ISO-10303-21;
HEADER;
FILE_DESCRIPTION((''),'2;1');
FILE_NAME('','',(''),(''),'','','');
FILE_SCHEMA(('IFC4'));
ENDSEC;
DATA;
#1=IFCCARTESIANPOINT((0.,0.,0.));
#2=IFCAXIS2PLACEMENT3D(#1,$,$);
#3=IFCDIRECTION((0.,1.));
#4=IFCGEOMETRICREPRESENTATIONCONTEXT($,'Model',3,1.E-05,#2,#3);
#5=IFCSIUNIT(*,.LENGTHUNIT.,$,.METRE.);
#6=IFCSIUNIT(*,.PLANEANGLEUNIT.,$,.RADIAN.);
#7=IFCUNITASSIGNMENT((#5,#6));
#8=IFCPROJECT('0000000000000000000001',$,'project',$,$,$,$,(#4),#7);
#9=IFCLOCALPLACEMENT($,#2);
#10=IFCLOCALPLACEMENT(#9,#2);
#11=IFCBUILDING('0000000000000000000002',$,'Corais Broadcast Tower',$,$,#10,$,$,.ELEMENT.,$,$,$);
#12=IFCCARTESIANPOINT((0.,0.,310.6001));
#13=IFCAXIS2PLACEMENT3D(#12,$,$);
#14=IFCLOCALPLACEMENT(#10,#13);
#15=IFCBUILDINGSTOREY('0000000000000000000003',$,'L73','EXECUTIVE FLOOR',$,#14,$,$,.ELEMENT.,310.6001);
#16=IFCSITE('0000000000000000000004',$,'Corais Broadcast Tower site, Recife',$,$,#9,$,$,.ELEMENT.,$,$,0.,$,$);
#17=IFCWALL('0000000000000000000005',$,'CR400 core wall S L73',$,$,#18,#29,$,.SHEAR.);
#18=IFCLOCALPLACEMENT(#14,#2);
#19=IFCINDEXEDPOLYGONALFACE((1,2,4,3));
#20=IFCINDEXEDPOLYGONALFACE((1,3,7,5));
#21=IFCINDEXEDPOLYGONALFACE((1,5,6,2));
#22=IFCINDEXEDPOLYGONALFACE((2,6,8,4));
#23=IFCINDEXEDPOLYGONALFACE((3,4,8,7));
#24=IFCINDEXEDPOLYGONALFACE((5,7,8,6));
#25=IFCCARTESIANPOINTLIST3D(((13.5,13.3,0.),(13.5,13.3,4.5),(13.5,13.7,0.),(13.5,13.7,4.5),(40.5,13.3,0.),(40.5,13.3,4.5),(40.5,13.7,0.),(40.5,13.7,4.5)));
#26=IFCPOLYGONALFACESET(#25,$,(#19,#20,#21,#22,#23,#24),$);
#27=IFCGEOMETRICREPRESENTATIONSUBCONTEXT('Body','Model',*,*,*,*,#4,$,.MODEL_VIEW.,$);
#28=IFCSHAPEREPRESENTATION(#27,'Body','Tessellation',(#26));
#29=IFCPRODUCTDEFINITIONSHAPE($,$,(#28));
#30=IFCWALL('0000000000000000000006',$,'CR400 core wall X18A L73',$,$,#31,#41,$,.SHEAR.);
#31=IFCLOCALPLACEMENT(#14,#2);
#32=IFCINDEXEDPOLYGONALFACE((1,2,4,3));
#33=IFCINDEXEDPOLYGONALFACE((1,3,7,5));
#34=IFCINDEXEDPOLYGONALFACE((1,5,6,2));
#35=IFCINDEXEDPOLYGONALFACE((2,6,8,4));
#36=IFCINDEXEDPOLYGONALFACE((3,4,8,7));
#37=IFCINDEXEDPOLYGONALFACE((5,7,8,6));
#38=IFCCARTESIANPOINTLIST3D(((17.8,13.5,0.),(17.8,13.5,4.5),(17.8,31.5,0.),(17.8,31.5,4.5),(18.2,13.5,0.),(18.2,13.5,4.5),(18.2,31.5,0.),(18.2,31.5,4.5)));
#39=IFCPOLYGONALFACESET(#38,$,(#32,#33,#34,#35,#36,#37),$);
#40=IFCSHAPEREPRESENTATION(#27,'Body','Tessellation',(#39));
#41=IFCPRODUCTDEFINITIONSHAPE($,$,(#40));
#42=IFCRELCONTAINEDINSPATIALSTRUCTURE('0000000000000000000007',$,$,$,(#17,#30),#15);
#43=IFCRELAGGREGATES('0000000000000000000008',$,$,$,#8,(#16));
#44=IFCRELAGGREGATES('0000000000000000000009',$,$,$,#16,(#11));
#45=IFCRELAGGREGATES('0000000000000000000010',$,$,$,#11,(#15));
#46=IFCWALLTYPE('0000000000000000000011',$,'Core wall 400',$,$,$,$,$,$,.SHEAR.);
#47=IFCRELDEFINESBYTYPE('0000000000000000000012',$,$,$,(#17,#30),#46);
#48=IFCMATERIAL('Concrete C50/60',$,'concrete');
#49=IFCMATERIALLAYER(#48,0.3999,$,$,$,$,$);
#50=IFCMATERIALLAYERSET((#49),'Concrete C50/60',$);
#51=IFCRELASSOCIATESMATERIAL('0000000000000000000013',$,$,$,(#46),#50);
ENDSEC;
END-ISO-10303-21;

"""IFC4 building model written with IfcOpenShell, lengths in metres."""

from ifc_helpers import new_model, si_unit, direction, frame, frame_2d, origin, place, context, subcontext, project, spatial, rectangle, extrude, material, layer, layer_set, type_object, element, save


model = new_model("IFC4")

# Units and contexts
model_context = context("Model", 3, precision=1e-05, world=origin(), true_north=direction((0.0, 1.0)))
body_context = subcontext(model_context, "Body", "Model", "MODEL_VIEW")
ifc_project = project(units=[si_unit("LENGTHUNIT", "METRE"), si_unit("PLANEANGLEUNIT", "RADIAN")], contexts=[model_context])

# Site, building, storey
site_placement = place(None, origin())
site = spatial("IfcSite", under=ifc_project, at=site_placement, Name="Corais Broadcast Tower site, Recife", CompositionType="ELEMENT", RefElevation=0.0)
building_placement = place(site_placement, origin())
building = spatial("IfcBuilding", under=site, at=building_placement, Name="Corais Broadcast Tower", CompositionType="ELEMENT")
storey_placement = place(building_placement, frame((0.0, 0.0, 310.6001)))
storey = spatial("IfcBuildingStorey", under=building, at=storey_placement, Name="L73", Description="EXECUTIVE FLOOR", CompositionType="ELEMENT", Elevation=310.6001)

# Walls
ifc_material_1 = material(Name="Concrete C50/60", Category="concrete")
ifc_layer_1 = layer(ifc_material_1, 0.3999)
ifc_layer_set_1 = layer_set([ifc_layer_1], Name="Concrete C50/60")
wall_type_1 = type_object("IfcWallType", Name="Core wall 400", PredefinedType="SHEAR", material=ifc_layer_set_1)
wall_1_placement = place(storey_placement, frame((13.5, 13.5, 0.0), z_axis=(0.0, 0.0, 1.0), x_axis=(1.0, 0.0, 0.0)))
element("IfcWall", 1, at=wall_1_placement, inside=storey, type_object=wall_type_1, Name="CR400 core wall S L73", PredefinedType="SHEAR", context=body_context, shape_type="SweptSolid", body=[
    extrude(rectangle(XDim=27.0, YDim=0.3999, at=frame_2d((13.5, 0.0))), origin(), (0.0, 0.0, 1.0), 4.5),
])
wall_2_placement = place(storey_placement, frame((18.0, 13.5, 0.0), z_axis=(0.0, 0.0, 1.0), x_axis=(0.0, 1.0, 0.0)))
element("IfcWall", 2, at=wall_2_placement, inside=storey, type_object=wall_type_1, Name="CR400 core wall X18A L73", PredefinedType="SHEAR", context=body_context, shape_type="SweptSolid", body=[
    extrude(rectangle(XDim=18.0, YDim=0.3999, at=frame_2d((9.0, 0.0))), origin(), (0.0, 0.0, 1.0), 4.5),
])

save(model, "model.ifc")
